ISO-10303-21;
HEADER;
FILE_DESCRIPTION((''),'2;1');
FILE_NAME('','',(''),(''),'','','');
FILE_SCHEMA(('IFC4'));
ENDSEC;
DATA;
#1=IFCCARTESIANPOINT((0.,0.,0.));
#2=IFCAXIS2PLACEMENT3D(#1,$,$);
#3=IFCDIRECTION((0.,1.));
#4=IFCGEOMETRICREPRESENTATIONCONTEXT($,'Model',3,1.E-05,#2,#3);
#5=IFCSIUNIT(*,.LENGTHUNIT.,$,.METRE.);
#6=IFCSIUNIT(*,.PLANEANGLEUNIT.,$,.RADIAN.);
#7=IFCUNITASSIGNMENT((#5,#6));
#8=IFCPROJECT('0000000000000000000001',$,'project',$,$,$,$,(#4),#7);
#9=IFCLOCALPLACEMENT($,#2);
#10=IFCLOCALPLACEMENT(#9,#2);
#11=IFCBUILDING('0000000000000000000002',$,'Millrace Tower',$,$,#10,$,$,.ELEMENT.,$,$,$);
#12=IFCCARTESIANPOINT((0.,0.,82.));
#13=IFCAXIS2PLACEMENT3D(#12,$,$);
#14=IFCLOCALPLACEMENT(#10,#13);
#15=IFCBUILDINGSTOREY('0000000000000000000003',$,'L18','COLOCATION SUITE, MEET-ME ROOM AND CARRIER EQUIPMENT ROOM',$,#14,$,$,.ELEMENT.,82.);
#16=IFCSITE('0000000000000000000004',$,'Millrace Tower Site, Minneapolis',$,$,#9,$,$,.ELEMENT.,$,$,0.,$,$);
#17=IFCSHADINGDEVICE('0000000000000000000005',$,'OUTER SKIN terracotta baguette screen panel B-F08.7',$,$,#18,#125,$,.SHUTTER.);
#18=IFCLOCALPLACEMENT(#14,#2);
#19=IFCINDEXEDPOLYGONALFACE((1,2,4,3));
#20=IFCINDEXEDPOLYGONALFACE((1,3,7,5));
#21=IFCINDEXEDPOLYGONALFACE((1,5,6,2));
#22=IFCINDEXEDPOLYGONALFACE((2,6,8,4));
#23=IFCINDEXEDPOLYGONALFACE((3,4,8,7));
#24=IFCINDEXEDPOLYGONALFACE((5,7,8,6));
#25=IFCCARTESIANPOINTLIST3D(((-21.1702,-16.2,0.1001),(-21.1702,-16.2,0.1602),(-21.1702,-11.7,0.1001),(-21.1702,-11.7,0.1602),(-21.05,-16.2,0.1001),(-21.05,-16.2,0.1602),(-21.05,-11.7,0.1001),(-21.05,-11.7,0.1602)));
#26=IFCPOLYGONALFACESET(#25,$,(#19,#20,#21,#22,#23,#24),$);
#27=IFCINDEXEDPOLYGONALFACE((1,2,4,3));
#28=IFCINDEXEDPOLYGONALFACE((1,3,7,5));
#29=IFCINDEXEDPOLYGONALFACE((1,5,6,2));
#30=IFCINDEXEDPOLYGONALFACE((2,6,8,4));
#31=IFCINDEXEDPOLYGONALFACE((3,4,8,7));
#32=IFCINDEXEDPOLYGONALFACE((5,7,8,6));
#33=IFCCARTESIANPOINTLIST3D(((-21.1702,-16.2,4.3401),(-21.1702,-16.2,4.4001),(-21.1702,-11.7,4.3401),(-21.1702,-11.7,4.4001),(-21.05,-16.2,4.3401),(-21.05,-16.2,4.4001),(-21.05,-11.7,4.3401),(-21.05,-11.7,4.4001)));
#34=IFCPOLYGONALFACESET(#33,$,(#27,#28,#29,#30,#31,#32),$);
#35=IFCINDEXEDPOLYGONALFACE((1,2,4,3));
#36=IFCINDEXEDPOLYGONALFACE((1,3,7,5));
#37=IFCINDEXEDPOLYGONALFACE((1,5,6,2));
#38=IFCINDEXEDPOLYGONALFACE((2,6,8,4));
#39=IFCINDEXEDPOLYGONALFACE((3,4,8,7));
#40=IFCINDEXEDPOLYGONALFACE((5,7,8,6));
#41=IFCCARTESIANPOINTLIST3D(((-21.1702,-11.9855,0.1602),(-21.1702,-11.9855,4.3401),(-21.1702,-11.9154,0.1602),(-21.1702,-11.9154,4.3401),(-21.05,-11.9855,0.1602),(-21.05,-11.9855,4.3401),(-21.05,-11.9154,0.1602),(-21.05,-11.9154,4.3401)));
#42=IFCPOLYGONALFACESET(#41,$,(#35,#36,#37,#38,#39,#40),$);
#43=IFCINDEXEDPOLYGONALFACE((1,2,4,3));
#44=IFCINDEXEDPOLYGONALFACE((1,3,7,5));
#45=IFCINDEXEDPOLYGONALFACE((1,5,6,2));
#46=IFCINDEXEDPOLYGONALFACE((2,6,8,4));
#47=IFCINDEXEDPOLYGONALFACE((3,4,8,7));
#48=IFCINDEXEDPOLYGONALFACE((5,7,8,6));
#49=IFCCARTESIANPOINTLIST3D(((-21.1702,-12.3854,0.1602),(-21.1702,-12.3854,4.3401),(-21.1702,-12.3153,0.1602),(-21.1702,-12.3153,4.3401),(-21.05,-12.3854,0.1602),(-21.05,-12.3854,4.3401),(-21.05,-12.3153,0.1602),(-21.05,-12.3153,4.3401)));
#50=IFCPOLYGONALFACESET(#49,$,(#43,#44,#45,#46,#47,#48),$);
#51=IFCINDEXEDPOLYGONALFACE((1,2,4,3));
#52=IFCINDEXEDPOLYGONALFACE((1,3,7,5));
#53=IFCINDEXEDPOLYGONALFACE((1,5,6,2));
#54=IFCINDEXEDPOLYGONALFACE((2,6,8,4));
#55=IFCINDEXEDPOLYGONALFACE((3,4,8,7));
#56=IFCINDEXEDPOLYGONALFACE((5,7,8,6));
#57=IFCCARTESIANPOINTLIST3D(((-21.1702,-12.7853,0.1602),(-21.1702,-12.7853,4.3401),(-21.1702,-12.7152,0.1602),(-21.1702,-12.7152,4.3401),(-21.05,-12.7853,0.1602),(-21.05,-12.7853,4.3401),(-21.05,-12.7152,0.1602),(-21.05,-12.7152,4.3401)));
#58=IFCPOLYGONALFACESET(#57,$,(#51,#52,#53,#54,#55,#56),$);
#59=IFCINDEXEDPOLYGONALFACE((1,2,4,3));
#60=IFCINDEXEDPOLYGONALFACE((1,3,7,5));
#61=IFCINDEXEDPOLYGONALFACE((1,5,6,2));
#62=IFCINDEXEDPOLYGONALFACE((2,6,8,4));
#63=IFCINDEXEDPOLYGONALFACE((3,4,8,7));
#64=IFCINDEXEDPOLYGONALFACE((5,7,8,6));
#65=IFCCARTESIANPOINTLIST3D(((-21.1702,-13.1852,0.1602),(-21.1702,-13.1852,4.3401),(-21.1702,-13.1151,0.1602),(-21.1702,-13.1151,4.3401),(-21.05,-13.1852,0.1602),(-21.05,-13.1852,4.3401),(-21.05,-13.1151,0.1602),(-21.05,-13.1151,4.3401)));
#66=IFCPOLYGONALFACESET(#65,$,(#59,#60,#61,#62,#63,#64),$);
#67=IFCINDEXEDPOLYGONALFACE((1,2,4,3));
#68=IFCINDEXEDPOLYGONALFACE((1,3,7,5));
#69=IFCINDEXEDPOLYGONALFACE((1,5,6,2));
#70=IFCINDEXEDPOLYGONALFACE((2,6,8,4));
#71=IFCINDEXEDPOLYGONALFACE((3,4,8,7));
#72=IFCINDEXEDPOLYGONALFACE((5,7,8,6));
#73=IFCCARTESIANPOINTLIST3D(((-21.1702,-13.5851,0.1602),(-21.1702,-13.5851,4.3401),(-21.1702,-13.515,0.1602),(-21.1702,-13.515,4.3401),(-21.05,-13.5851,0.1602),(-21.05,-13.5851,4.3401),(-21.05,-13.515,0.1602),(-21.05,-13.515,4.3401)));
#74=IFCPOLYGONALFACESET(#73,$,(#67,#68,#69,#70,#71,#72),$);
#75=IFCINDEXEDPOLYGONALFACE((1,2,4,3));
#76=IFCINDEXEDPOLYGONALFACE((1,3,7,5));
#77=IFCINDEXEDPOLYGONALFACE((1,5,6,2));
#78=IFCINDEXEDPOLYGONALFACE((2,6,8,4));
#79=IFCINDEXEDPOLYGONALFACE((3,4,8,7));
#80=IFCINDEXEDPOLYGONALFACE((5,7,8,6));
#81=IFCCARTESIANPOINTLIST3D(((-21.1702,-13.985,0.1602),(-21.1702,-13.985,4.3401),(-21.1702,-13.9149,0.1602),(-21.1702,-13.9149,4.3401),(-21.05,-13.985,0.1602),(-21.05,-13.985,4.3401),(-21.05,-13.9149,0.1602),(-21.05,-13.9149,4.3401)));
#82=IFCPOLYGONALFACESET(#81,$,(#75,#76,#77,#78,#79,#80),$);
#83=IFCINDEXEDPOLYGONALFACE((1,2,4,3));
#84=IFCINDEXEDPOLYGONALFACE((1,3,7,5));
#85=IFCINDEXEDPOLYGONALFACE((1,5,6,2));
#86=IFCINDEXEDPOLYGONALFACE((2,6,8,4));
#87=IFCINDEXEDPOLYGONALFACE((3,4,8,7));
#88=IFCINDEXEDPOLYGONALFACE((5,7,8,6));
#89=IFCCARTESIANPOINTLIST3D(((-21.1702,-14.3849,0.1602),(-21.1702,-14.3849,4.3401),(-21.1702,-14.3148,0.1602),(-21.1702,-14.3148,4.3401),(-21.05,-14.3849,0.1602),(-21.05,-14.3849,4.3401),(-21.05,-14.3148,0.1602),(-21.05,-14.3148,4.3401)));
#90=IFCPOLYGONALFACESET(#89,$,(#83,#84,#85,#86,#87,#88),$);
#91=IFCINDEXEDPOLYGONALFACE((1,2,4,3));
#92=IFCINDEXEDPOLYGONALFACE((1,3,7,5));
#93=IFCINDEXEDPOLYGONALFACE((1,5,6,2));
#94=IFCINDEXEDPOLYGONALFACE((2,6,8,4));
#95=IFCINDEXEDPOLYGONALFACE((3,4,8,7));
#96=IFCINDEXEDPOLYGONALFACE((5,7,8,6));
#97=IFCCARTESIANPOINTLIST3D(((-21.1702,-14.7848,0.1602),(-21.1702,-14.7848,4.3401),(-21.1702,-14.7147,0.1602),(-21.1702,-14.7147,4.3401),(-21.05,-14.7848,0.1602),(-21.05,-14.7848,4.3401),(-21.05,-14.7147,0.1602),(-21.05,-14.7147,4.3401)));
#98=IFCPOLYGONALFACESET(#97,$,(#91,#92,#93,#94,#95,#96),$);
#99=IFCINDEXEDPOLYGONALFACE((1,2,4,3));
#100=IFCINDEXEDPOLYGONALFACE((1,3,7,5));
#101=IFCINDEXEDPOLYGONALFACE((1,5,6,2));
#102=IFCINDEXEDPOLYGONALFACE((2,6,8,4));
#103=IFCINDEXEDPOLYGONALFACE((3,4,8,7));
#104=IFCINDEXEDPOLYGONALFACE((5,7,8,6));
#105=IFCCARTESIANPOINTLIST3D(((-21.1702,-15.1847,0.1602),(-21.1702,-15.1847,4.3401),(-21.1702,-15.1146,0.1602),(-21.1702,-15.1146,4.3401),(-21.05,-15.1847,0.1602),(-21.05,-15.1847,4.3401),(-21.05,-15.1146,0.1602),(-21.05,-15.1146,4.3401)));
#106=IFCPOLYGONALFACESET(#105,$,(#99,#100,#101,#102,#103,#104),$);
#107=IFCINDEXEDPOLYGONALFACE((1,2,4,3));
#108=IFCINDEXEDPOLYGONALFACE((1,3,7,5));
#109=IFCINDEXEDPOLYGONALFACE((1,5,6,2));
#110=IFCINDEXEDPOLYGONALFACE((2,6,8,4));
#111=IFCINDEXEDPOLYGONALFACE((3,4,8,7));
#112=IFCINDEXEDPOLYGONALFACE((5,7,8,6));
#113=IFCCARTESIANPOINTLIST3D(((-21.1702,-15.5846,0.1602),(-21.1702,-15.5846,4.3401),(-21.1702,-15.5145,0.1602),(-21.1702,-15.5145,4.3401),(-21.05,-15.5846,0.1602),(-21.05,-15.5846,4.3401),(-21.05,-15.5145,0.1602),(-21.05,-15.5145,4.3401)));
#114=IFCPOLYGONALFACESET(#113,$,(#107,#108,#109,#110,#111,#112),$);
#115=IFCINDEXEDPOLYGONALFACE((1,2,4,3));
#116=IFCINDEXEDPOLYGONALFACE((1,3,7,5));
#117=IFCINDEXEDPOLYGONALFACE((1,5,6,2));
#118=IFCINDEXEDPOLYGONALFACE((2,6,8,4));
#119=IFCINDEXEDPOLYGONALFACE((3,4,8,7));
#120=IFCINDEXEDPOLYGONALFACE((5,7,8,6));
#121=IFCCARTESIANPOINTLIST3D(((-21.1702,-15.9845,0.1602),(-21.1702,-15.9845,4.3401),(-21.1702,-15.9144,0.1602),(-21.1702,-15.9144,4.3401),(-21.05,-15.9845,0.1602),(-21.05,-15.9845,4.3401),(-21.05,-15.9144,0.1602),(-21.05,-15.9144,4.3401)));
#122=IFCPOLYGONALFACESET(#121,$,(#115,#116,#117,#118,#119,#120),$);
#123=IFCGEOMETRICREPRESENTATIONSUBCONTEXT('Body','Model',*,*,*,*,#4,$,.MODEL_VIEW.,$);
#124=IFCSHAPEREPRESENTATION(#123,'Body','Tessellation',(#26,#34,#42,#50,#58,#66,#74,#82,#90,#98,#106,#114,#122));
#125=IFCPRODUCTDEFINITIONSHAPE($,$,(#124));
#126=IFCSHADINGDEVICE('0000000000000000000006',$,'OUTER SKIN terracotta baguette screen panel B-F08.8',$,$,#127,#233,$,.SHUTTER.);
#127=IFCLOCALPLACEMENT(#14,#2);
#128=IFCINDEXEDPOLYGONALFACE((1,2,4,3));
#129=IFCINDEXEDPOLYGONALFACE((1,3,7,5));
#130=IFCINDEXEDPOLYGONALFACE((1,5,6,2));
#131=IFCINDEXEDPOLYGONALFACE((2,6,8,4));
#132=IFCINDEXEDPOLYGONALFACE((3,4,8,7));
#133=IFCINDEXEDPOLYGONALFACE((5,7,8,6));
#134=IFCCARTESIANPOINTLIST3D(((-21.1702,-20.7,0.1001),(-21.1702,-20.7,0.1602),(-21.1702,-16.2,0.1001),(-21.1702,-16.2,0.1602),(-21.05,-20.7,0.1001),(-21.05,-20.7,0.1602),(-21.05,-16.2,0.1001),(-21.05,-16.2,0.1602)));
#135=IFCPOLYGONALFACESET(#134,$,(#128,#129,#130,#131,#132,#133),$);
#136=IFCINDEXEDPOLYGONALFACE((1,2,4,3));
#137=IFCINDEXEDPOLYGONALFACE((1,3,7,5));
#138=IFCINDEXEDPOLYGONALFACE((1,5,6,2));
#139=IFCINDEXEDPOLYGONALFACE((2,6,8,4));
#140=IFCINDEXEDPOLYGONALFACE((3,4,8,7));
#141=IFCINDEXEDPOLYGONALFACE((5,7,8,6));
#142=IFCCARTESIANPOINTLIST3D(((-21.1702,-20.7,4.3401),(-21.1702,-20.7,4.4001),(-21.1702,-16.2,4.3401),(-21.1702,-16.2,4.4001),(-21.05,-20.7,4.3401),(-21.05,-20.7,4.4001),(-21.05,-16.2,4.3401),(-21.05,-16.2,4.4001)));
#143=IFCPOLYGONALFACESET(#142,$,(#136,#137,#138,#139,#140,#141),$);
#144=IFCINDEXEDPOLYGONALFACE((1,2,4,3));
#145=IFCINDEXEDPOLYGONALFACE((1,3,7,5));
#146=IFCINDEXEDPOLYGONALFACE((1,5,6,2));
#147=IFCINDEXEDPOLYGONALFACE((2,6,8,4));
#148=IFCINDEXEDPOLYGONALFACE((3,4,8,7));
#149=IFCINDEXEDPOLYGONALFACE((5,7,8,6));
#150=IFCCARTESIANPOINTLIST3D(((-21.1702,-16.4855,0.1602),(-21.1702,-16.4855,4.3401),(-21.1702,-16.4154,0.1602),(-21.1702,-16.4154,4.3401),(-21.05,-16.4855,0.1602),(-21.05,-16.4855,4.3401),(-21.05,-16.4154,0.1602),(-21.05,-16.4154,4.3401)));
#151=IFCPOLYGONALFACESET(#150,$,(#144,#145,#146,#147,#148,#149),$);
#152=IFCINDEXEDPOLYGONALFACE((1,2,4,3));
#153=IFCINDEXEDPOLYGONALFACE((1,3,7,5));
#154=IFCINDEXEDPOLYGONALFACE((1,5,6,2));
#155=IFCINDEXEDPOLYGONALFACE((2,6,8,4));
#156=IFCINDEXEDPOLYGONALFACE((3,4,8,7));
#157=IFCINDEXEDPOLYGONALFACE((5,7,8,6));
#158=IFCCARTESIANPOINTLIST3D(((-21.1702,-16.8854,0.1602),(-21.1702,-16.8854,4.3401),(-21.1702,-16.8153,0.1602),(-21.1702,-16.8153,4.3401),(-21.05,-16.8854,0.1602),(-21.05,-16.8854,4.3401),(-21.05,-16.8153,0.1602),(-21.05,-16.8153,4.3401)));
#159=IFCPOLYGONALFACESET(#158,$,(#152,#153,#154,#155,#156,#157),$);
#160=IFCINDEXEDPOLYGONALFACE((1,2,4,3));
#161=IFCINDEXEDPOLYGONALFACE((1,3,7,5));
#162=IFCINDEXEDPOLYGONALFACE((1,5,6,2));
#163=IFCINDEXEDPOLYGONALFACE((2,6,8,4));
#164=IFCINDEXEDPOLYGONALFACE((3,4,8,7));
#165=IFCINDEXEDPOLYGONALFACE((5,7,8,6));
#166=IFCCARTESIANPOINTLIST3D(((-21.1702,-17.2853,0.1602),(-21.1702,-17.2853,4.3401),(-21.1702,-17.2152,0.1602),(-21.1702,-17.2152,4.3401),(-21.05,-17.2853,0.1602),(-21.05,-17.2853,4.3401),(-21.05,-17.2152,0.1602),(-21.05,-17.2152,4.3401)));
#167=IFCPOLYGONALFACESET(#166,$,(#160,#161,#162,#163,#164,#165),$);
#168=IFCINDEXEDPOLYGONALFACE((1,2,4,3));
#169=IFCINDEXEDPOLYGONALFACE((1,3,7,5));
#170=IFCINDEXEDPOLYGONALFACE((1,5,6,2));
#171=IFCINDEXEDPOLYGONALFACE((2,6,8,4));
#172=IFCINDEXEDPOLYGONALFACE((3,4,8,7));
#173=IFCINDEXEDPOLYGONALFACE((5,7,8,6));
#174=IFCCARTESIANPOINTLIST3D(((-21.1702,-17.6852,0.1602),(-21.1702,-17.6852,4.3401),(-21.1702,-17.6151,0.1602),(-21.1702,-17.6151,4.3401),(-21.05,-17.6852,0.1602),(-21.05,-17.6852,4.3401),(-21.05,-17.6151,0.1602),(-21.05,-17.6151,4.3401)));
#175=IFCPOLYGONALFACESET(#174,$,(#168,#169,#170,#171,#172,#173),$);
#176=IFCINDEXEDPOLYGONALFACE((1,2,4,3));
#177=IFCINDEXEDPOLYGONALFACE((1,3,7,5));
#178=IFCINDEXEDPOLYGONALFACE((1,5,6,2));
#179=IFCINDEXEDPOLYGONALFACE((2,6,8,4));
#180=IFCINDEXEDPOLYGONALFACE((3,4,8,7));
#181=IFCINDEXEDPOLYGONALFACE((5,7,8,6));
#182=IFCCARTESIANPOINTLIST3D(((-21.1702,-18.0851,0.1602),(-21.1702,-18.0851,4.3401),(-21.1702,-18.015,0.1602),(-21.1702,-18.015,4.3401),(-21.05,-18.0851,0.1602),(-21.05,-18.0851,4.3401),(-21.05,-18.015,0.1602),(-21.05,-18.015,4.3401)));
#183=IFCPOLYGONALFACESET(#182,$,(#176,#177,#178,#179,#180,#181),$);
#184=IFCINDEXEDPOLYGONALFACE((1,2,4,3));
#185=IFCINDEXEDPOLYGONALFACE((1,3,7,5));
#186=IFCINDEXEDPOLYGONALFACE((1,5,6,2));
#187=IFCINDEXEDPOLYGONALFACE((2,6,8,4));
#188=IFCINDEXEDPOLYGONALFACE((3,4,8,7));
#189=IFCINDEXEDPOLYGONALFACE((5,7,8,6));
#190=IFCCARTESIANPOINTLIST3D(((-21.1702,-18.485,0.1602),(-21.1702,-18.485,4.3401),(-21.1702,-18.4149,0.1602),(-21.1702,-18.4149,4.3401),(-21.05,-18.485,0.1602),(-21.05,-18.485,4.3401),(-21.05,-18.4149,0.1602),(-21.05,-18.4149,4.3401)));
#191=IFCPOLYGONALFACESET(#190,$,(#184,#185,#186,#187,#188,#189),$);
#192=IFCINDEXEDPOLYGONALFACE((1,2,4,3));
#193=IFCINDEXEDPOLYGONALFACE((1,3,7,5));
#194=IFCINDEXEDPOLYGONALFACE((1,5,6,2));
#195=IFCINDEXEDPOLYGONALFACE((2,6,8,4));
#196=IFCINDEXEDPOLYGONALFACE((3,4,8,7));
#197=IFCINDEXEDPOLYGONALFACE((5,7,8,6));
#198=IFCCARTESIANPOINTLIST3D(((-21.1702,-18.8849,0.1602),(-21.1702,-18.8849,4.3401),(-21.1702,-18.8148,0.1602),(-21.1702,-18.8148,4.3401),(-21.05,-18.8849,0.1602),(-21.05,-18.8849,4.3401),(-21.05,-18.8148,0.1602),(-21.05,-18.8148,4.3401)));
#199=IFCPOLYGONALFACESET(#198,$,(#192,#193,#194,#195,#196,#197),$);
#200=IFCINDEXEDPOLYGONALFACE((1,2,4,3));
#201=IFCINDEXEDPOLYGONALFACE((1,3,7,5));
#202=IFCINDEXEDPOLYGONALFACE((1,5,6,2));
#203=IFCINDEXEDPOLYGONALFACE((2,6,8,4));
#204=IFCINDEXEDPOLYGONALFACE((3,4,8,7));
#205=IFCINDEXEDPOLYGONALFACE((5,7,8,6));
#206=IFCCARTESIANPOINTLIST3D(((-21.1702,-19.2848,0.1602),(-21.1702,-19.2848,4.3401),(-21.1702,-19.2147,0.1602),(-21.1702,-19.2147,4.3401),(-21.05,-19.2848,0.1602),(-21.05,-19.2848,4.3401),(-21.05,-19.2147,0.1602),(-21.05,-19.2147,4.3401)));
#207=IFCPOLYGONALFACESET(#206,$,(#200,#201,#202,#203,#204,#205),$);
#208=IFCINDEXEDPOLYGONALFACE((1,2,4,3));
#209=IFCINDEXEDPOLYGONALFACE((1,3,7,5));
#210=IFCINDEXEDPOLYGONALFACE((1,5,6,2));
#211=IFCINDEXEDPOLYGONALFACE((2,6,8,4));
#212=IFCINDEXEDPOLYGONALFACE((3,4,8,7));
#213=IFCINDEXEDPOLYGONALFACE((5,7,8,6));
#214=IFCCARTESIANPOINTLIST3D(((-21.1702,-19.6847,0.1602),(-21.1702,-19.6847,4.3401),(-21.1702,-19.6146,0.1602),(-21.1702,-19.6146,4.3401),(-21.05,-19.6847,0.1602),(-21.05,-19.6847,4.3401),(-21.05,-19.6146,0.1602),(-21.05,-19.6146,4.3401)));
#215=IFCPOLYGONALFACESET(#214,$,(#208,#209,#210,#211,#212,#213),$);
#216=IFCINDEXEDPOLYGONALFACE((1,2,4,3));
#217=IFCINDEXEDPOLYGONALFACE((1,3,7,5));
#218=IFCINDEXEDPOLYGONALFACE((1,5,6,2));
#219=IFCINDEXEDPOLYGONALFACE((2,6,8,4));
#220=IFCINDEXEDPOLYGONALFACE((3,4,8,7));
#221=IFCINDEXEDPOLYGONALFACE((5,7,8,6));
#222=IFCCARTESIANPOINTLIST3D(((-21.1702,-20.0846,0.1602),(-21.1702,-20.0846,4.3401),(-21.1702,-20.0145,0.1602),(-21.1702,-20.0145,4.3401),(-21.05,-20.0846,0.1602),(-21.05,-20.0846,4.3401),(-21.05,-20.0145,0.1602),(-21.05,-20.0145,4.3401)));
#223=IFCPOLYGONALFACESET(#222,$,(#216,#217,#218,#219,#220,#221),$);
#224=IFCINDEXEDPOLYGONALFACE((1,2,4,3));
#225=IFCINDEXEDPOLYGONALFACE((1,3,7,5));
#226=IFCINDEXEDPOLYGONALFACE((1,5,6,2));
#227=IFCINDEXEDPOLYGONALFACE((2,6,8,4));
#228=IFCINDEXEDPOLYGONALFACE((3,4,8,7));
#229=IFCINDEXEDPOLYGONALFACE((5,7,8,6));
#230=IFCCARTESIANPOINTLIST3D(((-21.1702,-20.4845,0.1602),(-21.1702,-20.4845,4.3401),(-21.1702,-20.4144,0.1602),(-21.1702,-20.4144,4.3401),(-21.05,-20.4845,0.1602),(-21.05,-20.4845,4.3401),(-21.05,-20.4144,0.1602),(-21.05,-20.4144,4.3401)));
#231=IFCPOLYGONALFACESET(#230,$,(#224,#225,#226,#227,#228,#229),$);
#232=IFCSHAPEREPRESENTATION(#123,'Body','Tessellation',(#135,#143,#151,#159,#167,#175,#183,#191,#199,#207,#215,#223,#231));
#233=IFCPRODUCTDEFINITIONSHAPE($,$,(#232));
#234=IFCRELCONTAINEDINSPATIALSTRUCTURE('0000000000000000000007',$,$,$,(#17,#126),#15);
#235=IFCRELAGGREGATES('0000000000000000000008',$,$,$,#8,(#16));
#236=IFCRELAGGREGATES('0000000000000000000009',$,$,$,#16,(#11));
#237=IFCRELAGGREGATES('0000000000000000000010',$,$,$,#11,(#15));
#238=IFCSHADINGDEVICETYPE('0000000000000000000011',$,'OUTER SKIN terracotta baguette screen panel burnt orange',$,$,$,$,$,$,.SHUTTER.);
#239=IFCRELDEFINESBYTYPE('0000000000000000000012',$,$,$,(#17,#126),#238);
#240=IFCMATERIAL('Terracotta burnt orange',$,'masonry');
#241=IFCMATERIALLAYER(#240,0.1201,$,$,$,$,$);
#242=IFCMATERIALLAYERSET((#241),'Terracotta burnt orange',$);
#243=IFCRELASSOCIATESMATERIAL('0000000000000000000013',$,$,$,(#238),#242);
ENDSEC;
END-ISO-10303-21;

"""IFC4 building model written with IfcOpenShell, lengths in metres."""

from ifc_helpers import new_model, entity, si_unit, direction, frame, frame_2d, origin, origin_2d, place, context, subcontext, project, spatial, rectangle, extrude, source, transform, mapped, material, layer, layer_set, type_object, element, save


model = new_model("IFC4")

# Units and contexts
model_context = context("Model", 3, precision=1e-05, world=origin(), true_north=direction((0.0, 1.0)))
body_context = subcontext(model_context, "Body", "Model", "MODEL_VIEW")
ifc_project = project(units=[si_unit("LENGTHUNIT", "METRE"), si_unit("PLANEANGLEUNIT", "RADIAN")], contexts=[model_context])

# Site, building, storey
site_placement = place(None, origin())
site = spatial("IfcSite", under=ifc_project, at=site_placement, Name="Millrace Tower Site, Minneapolis", CompositionType="ELEMENT", RefElevation=0.0)
building_placement = place(site_placement, origin())
building = spatial("IfcBuilding", under=site, at=building_placement, Name="Millrace Tower", CompositionType="ELEMENT")
storey_placement = place(building_placement, frame((0.0, 0.0, 82.0)))
storey = spatial("IfcBuildingStorey", under=building, at=storey_placement, Name="L18", Description="COLOCATION SUITE, MEET-ME ROOM AND CARRIER EQUIPMENT ROOM", CompositionType="ELEMENT", Elevation=82.0)

# Shading devices
ifc_material_1 = material(Name="Terracotta burnt orange", Category="masonry")
ifc_layer_1 = layer(ifc_material_1, 0.1201)
ifc_layer_set_1 = layer_set([ifc_layer_1], Name="Terracotta burnt orange")
shading_device_type = type_object("IfcShadingDeviceType", Name="OUTER SKIN terracotta baguette screen panel burnt orange", PredefinedType="SHUTTER", material=ifc_layer_set_1)
cartesian_point_1 = entity("IfcCartesianPoint", [-2.25, 0.0601])
shared_polyline_1 = entity("IfcPolyline", [cartesian_point_1, entity("IfcCartesianPoint", [2.25, 0.0601]), entity("IfcCartesianPoint", [2.25, -0.0601]), entity("IfcCartesianPoint", [-2.25, -0.0601]), cartesian_point_1])
shared_shape_1 = source(origin(), body_context, "Body", "SweptSolid", [
    entity("IfcExtrudedAreaSolid", entity("IfcArbitraryClosedProfileDef", "AREA", None, shared_polyline_1), entity("IfcAxis2Placement3D", entity("IfcCartesianPoint", [0.0, 0.0, 0.0])), entity("IfcDirection", [0.0, 0.0, 1.0]), 0.0601),
    entity("IfcExtrudedAreaSolid", entity("IfcArbitraryClosedProfileDef", "AREA", None, shared_polyline_1), entity("IfcAxis2Placement3D", entity("IfcCartesianPoint", [0.0, 0.0, 4.24])), entity("IfcDirection", [0.0, 0.0, 1.0]), 0.0601),
    extrude(rectangle(XDim=0.0701, YDim=0.1201, at=frame_2d((-1.9995, 0.0))), frame((0.0, 0.0, 0.0601)), (0.0, 0.0, 1.0), 4.1799),
    extrude(rectangle(XDim=0.0701, YDim=0.1201, at=frame_2d((-1.5996, 0.0))), frame((0.0, 0.0, 0.0601)), (0.0, 0.0, 1.0), 4.1799),
    extrude(rectangle(XDim=0.0701, YDim=0.1201, at=frame_2d((-1.1997, 0.0))), frame((0.0, 0.0, 0.0601)), (0.0, 0.0, 1.0), 4.1799),
    extrude(rectangle(XDim=0.0701, YDim=0.1201, at=frame_2d((-0.7998, 0.0))), frame((0.0, 0.0, 0.0601)), (0.0, 0.0, 1.0), 4.1799),
    extrude(rectangle(XDim=0.0701, YDim=0.1201, at=frame_2d((-0.3999, 0.0))), frame((0.0, 0.0, 0.0601)), (0.0, 0.0, 1.0), 4.1799),
    extrude(rectangle(XDim=0.0701, YDim=0.1201, at=origin_2d()), frame((0.0, 0.0, 0.0601)), (0.0, 0.0, 1.0), 4.1799),
    extrude(rectangle(XDim=0.0701, YDim=0.1201, at=frame_2d((0.3999, 0.0))), frame((0.0, 0.0, 0.0601)), (0.0, 0.0, 1.0), 4.1799),
    extrude(rectangle(XDim=0.0701, YDim=0.1201, at=frame_2d((0.7998, 0.0))), frame((0.0, 0.0, 0.0601)), (0.0, 0.0, 1.0), 4.1799),
    extrude(rectangle(XDim=0.0701, YDim=0.1201, at=frame_2d((1.1997, 0.0))), frame((0.0, 0.0, 0.0601)), (0.0, 0.0, 1.0), 4.1799),
    extrude(rectangle(XDim=0.0701, YDim=0.1201, at=frame_2d((1.5996, 0.0))), frame((0.0, 0.0, 0.0601)), (0.0, 0.0, 1.0), 4.1799),
    extrude(rectangle(XDim=0.0701, YDim=0.1201, at=frame_2d((1.9995, 0.0))), frame((0.0, 0.0, 0.0601)), (0.0, 0.0, 1.0), 4.1799),
])
for number, where, z_axis, x_axis, name in (
    (1, (-21.1101, -13.95, 0.1001), (0.0, 0.0, 1.0), (0.0, -1.0, 0.0), "OUTER SKIN terracotta baguette screen panel B-F08.7"),
    (2, (-21.1101, -18.45, 0.1001), (0.0, 0.0, 1.0), (0.0, -1.0, 0.0), "OUTER SKIN terracotta baguette screen panel B-F08.8"),
):
    element("IfcShadingDevice", number, at=place(storey_placement, frame(where, z_axis=z_axis, x_axis=x_axis)), inside=storey, type_object=shading_device_type, Name=name, PredefinedType="SHUTTER", context=body_context, shape_type="MappedRepresentation", body=[
        mapped(shared_shape_1, transform((0.0, 0.0, 0.0), scale=1.0)),
    ])

save(model, "model.ifc")
